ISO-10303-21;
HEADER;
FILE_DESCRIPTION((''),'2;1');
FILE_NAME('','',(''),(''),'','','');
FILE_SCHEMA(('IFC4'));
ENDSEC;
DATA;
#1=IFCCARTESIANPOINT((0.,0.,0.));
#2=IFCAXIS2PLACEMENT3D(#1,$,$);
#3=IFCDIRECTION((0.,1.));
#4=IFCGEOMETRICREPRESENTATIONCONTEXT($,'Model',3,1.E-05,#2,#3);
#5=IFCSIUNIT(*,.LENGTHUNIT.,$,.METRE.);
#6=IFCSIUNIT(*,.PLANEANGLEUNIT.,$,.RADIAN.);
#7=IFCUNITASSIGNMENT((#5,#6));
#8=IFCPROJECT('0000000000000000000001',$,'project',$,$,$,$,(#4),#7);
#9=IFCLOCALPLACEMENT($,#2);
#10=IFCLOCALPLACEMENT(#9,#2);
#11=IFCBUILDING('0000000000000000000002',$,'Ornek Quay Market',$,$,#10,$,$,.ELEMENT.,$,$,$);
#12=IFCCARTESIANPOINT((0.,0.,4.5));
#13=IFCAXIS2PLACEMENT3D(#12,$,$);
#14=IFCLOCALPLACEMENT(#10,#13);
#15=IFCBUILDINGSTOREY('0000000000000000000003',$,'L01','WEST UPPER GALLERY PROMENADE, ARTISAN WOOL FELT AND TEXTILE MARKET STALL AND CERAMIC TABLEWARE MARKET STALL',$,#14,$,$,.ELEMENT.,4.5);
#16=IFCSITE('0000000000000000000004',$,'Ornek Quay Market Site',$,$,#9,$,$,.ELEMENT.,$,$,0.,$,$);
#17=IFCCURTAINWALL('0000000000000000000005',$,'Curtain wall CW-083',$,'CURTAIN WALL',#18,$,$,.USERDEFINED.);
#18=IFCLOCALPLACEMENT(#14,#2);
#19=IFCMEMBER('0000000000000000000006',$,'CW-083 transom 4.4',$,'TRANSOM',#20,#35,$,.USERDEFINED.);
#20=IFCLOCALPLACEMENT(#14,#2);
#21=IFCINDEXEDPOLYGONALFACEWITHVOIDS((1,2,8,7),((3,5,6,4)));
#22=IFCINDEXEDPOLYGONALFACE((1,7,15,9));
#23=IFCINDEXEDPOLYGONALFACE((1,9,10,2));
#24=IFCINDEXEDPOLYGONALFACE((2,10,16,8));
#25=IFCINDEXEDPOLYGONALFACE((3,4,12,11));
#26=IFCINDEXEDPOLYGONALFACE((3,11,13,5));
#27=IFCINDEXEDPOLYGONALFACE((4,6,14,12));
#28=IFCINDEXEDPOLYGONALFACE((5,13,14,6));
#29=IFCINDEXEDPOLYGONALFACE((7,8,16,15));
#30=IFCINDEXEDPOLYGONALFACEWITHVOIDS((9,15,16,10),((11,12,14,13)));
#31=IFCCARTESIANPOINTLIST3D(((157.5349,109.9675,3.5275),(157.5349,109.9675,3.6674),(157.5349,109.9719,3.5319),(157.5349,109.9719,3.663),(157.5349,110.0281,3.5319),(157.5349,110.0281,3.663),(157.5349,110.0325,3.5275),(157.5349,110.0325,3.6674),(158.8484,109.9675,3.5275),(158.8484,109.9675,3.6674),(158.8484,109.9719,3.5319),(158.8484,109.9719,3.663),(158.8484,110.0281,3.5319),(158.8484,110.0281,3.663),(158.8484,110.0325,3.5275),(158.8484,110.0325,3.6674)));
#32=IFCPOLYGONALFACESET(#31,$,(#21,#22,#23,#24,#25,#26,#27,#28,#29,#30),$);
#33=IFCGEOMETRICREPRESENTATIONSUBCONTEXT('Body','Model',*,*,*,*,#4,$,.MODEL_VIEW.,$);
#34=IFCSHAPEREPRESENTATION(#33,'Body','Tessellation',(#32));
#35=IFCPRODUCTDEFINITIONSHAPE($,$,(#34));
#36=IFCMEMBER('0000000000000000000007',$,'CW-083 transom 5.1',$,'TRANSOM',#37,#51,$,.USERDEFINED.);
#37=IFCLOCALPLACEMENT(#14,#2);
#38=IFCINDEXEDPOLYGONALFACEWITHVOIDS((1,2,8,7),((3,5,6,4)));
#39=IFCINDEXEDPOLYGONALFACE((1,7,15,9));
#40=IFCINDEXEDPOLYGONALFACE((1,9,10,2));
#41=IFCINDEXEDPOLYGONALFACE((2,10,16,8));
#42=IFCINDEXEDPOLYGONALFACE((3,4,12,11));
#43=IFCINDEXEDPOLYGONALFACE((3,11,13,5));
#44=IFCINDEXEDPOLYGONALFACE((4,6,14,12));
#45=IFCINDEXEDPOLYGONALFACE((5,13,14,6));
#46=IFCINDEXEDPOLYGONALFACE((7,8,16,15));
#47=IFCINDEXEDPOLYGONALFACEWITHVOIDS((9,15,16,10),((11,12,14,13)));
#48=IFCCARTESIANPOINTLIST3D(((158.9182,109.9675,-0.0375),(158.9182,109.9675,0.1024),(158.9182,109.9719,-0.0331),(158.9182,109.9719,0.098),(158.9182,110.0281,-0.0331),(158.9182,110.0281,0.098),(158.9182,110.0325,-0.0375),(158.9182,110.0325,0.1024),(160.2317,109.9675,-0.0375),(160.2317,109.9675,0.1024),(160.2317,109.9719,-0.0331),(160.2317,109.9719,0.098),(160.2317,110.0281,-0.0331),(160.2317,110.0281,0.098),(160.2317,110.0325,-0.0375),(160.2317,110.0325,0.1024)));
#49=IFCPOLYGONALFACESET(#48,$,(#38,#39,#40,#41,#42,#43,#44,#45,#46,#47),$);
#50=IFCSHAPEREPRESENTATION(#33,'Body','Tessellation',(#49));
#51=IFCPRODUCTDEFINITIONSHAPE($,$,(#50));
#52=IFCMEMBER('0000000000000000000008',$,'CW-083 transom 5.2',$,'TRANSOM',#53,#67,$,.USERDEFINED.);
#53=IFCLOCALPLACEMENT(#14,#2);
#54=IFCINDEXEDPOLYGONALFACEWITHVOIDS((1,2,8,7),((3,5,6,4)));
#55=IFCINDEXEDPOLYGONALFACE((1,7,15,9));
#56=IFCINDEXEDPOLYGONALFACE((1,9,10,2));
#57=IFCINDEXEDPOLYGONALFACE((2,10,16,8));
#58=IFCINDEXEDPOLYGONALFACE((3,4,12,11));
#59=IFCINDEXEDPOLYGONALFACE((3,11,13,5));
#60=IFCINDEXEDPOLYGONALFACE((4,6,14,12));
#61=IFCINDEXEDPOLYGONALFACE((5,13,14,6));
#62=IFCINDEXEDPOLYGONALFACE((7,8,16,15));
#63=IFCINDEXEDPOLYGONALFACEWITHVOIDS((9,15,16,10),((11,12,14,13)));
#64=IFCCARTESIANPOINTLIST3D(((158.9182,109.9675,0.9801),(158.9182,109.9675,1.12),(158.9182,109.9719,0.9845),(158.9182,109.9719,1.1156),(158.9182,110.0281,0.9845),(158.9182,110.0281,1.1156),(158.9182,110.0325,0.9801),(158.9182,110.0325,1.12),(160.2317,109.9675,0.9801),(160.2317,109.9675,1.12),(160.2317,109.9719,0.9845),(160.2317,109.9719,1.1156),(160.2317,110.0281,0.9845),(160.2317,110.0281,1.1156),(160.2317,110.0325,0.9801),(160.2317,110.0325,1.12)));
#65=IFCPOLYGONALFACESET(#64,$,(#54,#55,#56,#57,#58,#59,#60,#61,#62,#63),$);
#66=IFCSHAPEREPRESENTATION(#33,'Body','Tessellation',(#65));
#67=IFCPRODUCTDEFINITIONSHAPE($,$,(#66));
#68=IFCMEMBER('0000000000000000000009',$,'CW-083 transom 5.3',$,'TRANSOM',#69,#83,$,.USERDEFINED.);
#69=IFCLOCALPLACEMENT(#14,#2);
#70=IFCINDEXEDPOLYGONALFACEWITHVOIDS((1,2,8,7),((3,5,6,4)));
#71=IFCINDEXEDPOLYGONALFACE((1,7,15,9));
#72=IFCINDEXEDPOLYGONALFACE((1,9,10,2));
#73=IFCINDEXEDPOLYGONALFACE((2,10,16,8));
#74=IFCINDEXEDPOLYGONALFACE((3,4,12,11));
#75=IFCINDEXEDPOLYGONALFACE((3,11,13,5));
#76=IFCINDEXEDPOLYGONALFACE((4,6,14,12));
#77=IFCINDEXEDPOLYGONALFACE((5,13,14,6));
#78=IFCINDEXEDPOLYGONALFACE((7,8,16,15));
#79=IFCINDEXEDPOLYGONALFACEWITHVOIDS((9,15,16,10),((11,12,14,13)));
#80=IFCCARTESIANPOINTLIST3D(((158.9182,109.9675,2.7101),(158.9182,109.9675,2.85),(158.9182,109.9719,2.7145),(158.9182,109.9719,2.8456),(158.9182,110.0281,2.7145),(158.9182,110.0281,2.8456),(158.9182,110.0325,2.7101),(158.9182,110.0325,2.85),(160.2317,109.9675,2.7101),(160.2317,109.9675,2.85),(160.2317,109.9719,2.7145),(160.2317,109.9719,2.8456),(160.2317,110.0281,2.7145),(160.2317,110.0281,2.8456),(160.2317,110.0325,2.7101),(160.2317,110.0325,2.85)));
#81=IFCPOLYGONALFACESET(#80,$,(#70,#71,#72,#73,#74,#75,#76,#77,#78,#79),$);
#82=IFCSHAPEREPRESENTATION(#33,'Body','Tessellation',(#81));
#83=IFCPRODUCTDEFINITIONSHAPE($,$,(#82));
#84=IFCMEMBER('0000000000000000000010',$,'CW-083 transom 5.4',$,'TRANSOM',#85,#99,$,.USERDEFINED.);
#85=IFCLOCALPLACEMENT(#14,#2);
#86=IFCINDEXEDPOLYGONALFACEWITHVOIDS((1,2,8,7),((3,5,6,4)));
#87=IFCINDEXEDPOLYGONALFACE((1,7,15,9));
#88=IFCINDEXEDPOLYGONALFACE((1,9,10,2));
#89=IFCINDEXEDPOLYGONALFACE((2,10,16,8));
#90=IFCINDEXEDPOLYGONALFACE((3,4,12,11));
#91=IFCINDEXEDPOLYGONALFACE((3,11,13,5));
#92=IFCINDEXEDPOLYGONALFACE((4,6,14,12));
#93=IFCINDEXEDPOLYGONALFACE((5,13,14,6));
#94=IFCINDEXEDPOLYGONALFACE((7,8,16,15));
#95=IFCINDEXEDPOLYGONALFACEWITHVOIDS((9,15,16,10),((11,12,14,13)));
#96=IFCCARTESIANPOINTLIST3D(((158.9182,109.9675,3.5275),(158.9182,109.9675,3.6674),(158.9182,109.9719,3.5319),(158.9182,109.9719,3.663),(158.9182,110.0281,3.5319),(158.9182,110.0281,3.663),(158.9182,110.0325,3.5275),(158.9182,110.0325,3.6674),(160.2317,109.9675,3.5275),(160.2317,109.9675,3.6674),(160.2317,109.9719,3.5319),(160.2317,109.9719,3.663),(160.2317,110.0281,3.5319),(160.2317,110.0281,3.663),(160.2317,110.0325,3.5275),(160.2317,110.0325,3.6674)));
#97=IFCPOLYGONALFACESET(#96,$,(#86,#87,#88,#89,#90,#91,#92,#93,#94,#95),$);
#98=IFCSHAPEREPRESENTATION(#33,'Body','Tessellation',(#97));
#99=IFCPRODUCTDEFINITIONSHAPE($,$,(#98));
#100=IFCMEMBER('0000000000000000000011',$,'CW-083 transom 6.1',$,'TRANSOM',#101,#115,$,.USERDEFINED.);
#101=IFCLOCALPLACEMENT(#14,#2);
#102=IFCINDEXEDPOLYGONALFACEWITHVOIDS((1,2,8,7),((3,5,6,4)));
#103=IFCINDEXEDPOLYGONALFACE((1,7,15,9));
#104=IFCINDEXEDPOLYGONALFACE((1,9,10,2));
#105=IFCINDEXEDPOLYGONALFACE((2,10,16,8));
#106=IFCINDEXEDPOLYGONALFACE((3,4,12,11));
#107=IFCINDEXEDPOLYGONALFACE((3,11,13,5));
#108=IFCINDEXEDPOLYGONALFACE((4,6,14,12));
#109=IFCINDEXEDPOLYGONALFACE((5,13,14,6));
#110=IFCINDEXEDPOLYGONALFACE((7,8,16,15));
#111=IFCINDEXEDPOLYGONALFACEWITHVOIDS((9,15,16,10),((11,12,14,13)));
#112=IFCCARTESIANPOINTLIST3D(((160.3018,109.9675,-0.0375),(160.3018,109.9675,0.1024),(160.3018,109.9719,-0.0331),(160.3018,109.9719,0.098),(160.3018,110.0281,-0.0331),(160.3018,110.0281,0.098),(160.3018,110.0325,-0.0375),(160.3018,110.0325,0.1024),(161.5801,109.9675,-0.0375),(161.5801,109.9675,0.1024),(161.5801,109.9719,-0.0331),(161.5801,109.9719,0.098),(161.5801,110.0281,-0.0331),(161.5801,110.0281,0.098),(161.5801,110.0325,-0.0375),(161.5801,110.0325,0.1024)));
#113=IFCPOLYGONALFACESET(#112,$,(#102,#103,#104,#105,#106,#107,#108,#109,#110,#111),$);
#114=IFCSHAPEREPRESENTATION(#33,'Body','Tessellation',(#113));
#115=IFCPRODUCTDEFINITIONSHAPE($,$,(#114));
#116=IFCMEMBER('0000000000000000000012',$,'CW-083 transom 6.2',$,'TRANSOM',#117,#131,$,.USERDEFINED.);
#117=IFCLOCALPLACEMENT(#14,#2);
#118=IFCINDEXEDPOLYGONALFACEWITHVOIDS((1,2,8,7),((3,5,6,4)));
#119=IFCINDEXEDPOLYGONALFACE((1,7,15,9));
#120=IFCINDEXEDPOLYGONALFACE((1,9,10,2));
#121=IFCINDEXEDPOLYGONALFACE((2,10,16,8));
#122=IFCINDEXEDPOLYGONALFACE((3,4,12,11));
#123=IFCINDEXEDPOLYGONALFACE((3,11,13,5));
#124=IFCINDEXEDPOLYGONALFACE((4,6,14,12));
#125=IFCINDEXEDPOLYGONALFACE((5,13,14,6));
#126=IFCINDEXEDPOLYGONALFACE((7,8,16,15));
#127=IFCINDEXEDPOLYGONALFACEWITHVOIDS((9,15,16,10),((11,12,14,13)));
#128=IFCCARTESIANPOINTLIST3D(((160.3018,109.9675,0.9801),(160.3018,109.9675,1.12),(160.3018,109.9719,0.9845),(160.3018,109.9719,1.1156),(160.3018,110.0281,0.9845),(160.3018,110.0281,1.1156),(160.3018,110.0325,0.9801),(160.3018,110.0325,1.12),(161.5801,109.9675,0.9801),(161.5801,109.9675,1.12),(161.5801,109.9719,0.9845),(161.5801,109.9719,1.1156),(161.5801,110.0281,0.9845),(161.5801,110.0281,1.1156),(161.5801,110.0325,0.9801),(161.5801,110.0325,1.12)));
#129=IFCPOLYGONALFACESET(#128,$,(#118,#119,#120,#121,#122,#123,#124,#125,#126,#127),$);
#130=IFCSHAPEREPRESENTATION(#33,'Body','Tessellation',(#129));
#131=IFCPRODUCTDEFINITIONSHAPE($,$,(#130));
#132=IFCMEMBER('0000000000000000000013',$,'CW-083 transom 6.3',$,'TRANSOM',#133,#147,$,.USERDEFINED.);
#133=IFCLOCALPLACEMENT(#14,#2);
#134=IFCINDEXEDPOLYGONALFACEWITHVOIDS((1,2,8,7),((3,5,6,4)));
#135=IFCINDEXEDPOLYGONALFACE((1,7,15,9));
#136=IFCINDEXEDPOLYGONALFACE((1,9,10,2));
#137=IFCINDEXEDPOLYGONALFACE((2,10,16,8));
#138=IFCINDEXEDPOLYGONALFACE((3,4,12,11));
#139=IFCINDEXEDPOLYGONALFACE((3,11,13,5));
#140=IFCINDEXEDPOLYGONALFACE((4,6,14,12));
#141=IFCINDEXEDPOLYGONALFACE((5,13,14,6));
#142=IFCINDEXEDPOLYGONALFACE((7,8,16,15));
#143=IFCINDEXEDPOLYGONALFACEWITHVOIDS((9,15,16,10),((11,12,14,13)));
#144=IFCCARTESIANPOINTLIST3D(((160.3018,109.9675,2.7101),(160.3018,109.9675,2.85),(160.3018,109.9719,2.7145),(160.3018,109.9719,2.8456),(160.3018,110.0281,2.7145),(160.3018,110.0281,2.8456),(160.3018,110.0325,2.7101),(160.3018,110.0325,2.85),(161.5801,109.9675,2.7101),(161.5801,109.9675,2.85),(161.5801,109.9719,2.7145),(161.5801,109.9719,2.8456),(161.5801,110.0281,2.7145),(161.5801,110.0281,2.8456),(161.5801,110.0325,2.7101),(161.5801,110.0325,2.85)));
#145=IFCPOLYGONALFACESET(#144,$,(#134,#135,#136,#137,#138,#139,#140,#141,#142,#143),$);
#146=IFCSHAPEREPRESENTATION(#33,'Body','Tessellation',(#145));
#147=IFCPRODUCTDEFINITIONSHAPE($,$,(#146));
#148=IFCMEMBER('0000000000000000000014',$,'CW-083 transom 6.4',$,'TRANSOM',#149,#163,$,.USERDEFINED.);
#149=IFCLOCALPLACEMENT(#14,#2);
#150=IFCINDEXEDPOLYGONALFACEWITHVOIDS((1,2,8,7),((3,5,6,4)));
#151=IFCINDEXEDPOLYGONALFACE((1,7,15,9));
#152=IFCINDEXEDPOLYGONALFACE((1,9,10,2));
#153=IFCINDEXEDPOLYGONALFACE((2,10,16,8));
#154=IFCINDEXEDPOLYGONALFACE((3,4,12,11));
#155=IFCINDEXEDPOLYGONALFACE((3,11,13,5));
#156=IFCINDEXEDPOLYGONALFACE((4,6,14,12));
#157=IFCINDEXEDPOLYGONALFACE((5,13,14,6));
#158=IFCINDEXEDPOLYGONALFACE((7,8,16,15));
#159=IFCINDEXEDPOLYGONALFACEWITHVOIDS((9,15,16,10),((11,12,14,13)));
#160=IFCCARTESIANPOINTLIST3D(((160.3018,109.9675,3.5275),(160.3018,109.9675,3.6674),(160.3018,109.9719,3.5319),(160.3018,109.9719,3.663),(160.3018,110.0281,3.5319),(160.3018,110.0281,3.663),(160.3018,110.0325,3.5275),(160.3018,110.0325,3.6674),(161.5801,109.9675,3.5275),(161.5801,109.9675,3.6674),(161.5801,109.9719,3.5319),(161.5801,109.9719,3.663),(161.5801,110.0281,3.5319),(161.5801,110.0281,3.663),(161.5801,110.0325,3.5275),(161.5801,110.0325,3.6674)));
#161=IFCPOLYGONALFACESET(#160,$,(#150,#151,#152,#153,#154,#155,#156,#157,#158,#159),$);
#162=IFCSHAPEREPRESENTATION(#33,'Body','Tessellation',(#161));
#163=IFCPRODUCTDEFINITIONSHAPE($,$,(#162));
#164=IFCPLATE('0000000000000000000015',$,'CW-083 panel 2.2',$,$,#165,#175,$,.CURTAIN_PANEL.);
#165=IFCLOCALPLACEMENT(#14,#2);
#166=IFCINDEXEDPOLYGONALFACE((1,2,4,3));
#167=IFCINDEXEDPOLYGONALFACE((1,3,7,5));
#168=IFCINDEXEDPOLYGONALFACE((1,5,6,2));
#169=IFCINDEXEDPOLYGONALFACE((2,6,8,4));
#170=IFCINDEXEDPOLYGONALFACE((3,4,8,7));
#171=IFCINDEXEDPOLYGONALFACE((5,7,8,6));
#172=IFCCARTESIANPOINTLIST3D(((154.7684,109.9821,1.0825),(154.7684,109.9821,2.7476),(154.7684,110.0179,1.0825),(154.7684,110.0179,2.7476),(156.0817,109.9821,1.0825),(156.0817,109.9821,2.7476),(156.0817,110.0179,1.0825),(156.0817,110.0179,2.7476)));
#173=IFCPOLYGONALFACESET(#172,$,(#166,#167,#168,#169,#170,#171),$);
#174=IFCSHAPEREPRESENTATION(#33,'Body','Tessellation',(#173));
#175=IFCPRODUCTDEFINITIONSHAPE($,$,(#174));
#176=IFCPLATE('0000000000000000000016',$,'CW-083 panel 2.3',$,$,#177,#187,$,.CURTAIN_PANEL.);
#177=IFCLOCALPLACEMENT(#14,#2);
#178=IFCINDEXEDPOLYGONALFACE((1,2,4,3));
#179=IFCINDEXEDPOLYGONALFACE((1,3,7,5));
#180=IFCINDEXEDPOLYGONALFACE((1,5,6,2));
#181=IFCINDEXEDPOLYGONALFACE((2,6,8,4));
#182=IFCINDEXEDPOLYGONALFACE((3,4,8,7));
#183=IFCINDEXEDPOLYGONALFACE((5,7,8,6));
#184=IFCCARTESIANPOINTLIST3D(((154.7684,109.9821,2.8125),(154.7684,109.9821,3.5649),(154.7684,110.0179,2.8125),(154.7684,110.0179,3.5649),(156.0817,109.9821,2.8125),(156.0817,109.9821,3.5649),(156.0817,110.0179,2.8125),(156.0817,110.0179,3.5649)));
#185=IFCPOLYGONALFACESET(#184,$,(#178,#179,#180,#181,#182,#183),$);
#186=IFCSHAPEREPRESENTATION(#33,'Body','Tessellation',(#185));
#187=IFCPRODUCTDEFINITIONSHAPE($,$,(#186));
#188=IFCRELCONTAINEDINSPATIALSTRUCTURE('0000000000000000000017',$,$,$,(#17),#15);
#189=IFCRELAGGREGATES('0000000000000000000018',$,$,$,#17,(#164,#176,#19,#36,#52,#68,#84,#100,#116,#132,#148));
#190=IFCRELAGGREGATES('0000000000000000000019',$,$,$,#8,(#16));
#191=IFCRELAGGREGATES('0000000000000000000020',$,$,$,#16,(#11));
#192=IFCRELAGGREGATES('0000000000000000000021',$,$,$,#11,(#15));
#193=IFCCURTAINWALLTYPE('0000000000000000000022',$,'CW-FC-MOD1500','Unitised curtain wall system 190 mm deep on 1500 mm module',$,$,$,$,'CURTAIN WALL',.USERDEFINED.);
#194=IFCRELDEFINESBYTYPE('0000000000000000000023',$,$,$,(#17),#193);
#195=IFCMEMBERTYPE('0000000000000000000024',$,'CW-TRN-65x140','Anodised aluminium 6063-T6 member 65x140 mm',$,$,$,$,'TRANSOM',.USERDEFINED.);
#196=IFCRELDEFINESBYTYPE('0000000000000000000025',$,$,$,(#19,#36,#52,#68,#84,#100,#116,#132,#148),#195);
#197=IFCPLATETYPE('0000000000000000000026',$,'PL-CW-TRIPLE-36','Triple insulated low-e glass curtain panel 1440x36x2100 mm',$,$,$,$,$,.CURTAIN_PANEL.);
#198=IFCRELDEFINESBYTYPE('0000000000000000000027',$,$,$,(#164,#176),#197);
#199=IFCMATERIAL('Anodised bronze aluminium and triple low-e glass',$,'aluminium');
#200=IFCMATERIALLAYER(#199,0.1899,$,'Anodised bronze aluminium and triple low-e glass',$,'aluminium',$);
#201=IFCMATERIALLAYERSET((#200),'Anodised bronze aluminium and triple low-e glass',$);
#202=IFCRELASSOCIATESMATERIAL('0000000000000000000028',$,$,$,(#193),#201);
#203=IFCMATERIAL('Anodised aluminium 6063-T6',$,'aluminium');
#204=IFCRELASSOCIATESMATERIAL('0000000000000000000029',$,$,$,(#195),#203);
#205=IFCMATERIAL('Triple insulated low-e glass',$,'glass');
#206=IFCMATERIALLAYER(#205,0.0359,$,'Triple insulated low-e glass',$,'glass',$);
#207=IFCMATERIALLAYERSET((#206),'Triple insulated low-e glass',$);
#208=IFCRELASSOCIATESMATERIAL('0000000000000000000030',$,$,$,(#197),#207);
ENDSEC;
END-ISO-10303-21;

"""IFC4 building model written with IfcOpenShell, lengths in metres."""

from ifc_helpers import new_model, si_unit, direction, frame, origin, origin_2d, place, context, subcontext, project, spatial, rectangle, hollow_rectangle, extrude, material, layer, layer_set, material_profile, profile_set, type_object, element, aggregate, save


model = new_model("IFC4")

# Units and contexts
model_context = context("Model", 3, precision=1e-05, world=origin(), true_north=direction((0.0, 1.0)))
body_context = subcontext(model_context, "Body", "Model", "MODEL_VIEW")
ifc_project = project(units=[si_unit("LENGTHUNIT", "METRE"), si_unit("PLANEANGLEUNIT", "RADIAN")], contexts=[model_context])

# Site, building, storey
site_placement = place(None, origin())
site = spatial("IfcSite", under=ifc_project, at=site_placement, Name="Ornek Quay Market Site", CompositionType="ELEMENT", RefElevation=0.0)
building_placement = place(site_placement, origin())
building = spatial("IfcBuilding", under=site, at=building_placement, Name="Ornek Quay Market", CompositionType="ELEMENT")
storey_placement = place(building_placement, frame((0.0, 0.0, 4.5)))
storey = spatial("IfcBuildingStorey", under=building, at=storey_placement, Name="L01", Description="WEST UPPER GALLERY PROMENADE, ARTISAN WOOL FELT AND TEXTILE MARKET STALL AND CERAMIC TABLEWARE MARKET STALL", CompositionType="ELEMENT", Elevation=4.5)

# Curtain wall, members, plates
ifc_material_1 = material(Name="Anodised bronze aluminium and triple low-e glass", Category="aluminium")
ifc_layer_1 = layer(ifc_material_1, 0.1899, Name="Anodised bronze aluminium and triple low-e glass", Category="aluminium")
ifc_layer_set_1 = layer_set([ifc_layer_1], Name="Anodised bronze aluminium and triple low-e glass")
curtain_wall_type = type_object("IfcCurtainWallType", Name="CW-FC-MOD1500", Description="Unitised curtain wall system 190 mm deep on 1500 mm module", ElementType="CURTAIN WALL", PredefinedType="USERDEFINED", material=ifc_layer_set_1)
curtain_wall_placement = place(storey_placement, origin())
curtain_wall = element("IfcCurtainWall", 1, at=curtain_wall_placement, inside=storey, type_object=curtain_wall_type, Name="Curtain wall CW-083", ObjectType="CURTAIN WALL", PredefinedType="USERDEFINED")
ifc_material_2 = material(Name="Anodised aluminium 6063-T6", Category="aluminium")
ifc_material_profile_1 = material_profile(ifc_material_2, hollow_rectangle(XDim=0.0649, YDim=0.1399, WallThickness=0.0044, at=origin_2d()), Name="CW-TRN-65x140", Category="aluminium")
ifc_profile_set_1 = profile_set([ifc_material_profile_1], Name="Anodised aluminium 6063-T6")
member_type_1 = type_object("IfcMemberType", Name="CW-TRN-65x140", Description="Anodised aluminium 6063-T6 member 65x140 mm", ElementType="TRANSOM", PredefinedType="USERDEFINED", material=ifc_profile_set_1)
member_1_placement = place(storey_placement, frame((157.5349, 110.0, 3.5974), z_axis=(1.0, 0.0, 0.0), x_axis=(0.0, 1.0, 0.0)))
member_1 = element("IfcMember", 2, at=member_1_placement, type_object=member_type_1, Name="CW-083 transom 4.4", ObjectType="TRANSOM", PredefinedType="USERDEFINED", context=body_context, shape_type="SweptSolid", body=[
    extrude(hollow_rectangle(XDim=0.0649, YDim=0.1399, WallThickness=0.0044, at=origin_2d()), origin(), (0.0, 0.0, 1.0), 1.3135),
])
member_2_placement = place(storey_placement, frame((158.9182, 110.0, 0.0325), z_axis=(1.0, 0.0, 0.0), x_axis=(0.0, 1.0, 0.0)))
member_2 = element("IfcMember", 3, at=member_2_placement, type_object=member_type_1, Name="CW-083 transom 5.1", ObjectType="TRANSOM", PredefinedType="USERDEFINED", context=body_context, shape_type="SweptSolid", body=[
    extrude(hollow_rectangle(XDim=0.0649, YDim=0.1399, WallThickness=0.0044, at=origin_2d()), origin(), (0.0, 0.0, 1.0), 1.3135),
])
member_3_placement = place(storey_placement, frame((158.9182, 110.0, 1.05), z_axis=(1.0, 0.0, 0.0), x_axis=(0.0, 1.0, 0.0)))
member_3 = element("IfcMember", 4, at=member_3_placement, type_object=member_type_1, Name="CW-083 transom 5.2", ObjectType="TRANSOM", PredefinedType="USERDEFINED", context=body_context, shape_type="SweptSolid", body=[
    extrude(hollow_rectangle(XDim=0.0649, YDim=0.1399, WallThickness=0.0044, at=origin_2d()), origin(), (0.0, 0.0, 1.0), 1.3135),
])
member_4_placement = place(storey_placement, frame((158.9182, 110.0, 2.78), z_axis=(1.0, 0.0, 0.0), x_axis=(0.0, 1.0, 0.0)))
member_4 = element("IfcMember", 5, at=member_4_placement, type_object=member_type_1, Name="CW-083 transom 5.3", ObjectType="TRANSOM", PredefinedType="USERDEFINED", context=body_context, shape_type="SweptSolid", body=[
    extrude(hollow_rectangle(XDim=0.0649, YDim=0.1399, WallThickness=0.0044, at=origin_2d()), origin(), (0.0, 0.0, 1.0), 1.3135),
])
member_5_placement = place(storey_placement, frame((158.9182, 110.0, 3.5974), z_axis=(1.0, 0.0, 0.0), x_axis=(0.0, 1.0, 0.0)))
member_5 = element("IfcMember", 6, at=member_5_placement, type_object=member_type_1, Name="CW-083 transom 5.4", ObjectType="TRANSOM", PredefinedType="USERDEFINED", context=body_context, shape_type="SweptSolid", body=[
    extrude(hollow_rectangle(XDim=0.0649, YDim=0.1399, WallThickness=0.0044, at=origin_2d()), origin(), (0.0, 0.0, 1.0), 1.3135),
])
member_6_placement = place(storey_placement, frame((160.3018, 110.0, 0.0325), z_axis=(1.0, 0.0, 0.0), x_axis=(0.0, 1.0, 0.0)))
member_6 = element("IfcMember", 7, at=member_6_placement, type_object=member_type_1, Name="CW-083 transom 6.1", ObjectType="TRANSOM", PredefinedType="USERDEFINED", context=body_context, shape_type="SweptSolid", body=[
    extrude(hollow_rectangle(XDim=0.0649, YDim=0.1399, WallThickness=0.0044, at=origin_2d()), origin(), (0.0, 0.0, 1.0), 1.2783),
])
member_7_placement = place(storey_placement, frame((160.3018, 110.0, 1.05), z_axis=(1.0, 0.0, 0.0), x_axis=(0.0, 1.0, 0.0)))
member_7 = element("IfcMember", 8, at=member_7_placement, type_object=member_type_1, Name="CW-083 transom 6.2", ObjectType="TRANSOM", PredefinedType="USERDEFINED", context=body_context, shape_type="SweptSolid", body=[
    extrude(hollow_rectangle(XDim=0.0649, YDim=0.1399, WallThickness=0.0044, at=origin_2d()), origin(), (0.0, 0.0, 1.0), 1.2783),
])
member_8_placement = place(storey_placement, frame((160.3018, 110.0, 2.78), z_axis=(1.0, 0.0, 0.0), x_axis=(0.0, 1.0, 0.0)))
member_8 = element("IfcMember", 9, at=member_8_placement, type_object=member_type_1, Name="CW-083 transom 6.3", ObjectType="TRANSOM", PredefinedType="USERDEFINED", context=body_context, shape_type="SweptSolid", body=[
    extrude(hollow_rectangle(XDim=0.0649, YDim=0.1399, WallThickness=0.0044, at=origin_2d()), origin(), (0.0, 0.0, 1.0), 1.2783),
])
member_9_placement = place(storey_placement, frame((160.3018, 110.0, 3.5974), z_axis=(1.0, 0.0, 0.0), x_axis=(0.0, 1.0, 0.0)))
member_9 = element("IfcMember", 10, at=member_9_placement, type_object=member_type_1, Name="CW-083 transom 6.4", ObjectType="TRANSOM", PredefinedType="USERDEFINED", context=body_context, shape_type="SweptSolid", body=[
    extrude(hollow_rectangle(XDim=0.0649, YDim=0.1399, WallThickness=0.0044, at=origin_2d()), origin(), (0.0, 0.0, 1.0), 1.2783),
])
ifc_material_3 = material(Name="Triple insulated low-e glass", Category="glass")
ifc_layer_2 = layer(ifc_material_3, 0.0359, Name="Triple insulated low-e glass", Category="glass")
ifc_layer_set_2 = layer_set([ifc_layer_2], Name="Triple insulated low-e glass")
plate_type = type_object("IfcPlateType", Name="PL-CW-TRIPLE-36", Description="Triple insulated low-e glass curtain panel 1440x36x2100 mm", PredefinedType="CURTAIN_PANEL", material=ifc_layer_set_2)
plate_1_placement = place(storey_placement, frame((155.425, 110.0, 1.0825), z_axis=(0.0, 0.0, 1.0), x_axis=(1.0, 0.0, 0.0)))
plate_1 = element("IfcPlate", 11, at=plate_1_placement, type_object=plate_type, Name="CW-083 panel 2.2", PredefinedType="CURTAIN_PANEL", context=body_context, shape_type="SweptSolid", body=[
    extrude(rectangle(XDim=1.3132, YDim=0.0359, at=origin_2d()), origin(), (0.0, 0.0, 1.0), 1.665),
])
plate_2_placement = place(storey_placement, frame((155.425, 110.0, 2.8125), z_axis=(0.0, 0.0, 1.0), x_axis=(1.0, 0.0, 0.0)))
plate_2 = element("IfcPlate", 12, at=plate_2_placement, type_object=plate_type, Name="CW-083 panel 2.3", PredefinedType="CURTAIN_PANEL", context=body_context, shape_type="SweptSolid", body=[
    extrude(rectangle(XDim=1.3132, YDim=0.0359, at=origin_2d()), origin(), (0.0, 0.0, 1.0), 0.7524),
])
aggregate(curtain_wall, [plate_1, plate_2, member_1, member_2, member_3, member_4, member_5, member_6, member_7, member_8, member_9])

save(model, "model.ifc")
